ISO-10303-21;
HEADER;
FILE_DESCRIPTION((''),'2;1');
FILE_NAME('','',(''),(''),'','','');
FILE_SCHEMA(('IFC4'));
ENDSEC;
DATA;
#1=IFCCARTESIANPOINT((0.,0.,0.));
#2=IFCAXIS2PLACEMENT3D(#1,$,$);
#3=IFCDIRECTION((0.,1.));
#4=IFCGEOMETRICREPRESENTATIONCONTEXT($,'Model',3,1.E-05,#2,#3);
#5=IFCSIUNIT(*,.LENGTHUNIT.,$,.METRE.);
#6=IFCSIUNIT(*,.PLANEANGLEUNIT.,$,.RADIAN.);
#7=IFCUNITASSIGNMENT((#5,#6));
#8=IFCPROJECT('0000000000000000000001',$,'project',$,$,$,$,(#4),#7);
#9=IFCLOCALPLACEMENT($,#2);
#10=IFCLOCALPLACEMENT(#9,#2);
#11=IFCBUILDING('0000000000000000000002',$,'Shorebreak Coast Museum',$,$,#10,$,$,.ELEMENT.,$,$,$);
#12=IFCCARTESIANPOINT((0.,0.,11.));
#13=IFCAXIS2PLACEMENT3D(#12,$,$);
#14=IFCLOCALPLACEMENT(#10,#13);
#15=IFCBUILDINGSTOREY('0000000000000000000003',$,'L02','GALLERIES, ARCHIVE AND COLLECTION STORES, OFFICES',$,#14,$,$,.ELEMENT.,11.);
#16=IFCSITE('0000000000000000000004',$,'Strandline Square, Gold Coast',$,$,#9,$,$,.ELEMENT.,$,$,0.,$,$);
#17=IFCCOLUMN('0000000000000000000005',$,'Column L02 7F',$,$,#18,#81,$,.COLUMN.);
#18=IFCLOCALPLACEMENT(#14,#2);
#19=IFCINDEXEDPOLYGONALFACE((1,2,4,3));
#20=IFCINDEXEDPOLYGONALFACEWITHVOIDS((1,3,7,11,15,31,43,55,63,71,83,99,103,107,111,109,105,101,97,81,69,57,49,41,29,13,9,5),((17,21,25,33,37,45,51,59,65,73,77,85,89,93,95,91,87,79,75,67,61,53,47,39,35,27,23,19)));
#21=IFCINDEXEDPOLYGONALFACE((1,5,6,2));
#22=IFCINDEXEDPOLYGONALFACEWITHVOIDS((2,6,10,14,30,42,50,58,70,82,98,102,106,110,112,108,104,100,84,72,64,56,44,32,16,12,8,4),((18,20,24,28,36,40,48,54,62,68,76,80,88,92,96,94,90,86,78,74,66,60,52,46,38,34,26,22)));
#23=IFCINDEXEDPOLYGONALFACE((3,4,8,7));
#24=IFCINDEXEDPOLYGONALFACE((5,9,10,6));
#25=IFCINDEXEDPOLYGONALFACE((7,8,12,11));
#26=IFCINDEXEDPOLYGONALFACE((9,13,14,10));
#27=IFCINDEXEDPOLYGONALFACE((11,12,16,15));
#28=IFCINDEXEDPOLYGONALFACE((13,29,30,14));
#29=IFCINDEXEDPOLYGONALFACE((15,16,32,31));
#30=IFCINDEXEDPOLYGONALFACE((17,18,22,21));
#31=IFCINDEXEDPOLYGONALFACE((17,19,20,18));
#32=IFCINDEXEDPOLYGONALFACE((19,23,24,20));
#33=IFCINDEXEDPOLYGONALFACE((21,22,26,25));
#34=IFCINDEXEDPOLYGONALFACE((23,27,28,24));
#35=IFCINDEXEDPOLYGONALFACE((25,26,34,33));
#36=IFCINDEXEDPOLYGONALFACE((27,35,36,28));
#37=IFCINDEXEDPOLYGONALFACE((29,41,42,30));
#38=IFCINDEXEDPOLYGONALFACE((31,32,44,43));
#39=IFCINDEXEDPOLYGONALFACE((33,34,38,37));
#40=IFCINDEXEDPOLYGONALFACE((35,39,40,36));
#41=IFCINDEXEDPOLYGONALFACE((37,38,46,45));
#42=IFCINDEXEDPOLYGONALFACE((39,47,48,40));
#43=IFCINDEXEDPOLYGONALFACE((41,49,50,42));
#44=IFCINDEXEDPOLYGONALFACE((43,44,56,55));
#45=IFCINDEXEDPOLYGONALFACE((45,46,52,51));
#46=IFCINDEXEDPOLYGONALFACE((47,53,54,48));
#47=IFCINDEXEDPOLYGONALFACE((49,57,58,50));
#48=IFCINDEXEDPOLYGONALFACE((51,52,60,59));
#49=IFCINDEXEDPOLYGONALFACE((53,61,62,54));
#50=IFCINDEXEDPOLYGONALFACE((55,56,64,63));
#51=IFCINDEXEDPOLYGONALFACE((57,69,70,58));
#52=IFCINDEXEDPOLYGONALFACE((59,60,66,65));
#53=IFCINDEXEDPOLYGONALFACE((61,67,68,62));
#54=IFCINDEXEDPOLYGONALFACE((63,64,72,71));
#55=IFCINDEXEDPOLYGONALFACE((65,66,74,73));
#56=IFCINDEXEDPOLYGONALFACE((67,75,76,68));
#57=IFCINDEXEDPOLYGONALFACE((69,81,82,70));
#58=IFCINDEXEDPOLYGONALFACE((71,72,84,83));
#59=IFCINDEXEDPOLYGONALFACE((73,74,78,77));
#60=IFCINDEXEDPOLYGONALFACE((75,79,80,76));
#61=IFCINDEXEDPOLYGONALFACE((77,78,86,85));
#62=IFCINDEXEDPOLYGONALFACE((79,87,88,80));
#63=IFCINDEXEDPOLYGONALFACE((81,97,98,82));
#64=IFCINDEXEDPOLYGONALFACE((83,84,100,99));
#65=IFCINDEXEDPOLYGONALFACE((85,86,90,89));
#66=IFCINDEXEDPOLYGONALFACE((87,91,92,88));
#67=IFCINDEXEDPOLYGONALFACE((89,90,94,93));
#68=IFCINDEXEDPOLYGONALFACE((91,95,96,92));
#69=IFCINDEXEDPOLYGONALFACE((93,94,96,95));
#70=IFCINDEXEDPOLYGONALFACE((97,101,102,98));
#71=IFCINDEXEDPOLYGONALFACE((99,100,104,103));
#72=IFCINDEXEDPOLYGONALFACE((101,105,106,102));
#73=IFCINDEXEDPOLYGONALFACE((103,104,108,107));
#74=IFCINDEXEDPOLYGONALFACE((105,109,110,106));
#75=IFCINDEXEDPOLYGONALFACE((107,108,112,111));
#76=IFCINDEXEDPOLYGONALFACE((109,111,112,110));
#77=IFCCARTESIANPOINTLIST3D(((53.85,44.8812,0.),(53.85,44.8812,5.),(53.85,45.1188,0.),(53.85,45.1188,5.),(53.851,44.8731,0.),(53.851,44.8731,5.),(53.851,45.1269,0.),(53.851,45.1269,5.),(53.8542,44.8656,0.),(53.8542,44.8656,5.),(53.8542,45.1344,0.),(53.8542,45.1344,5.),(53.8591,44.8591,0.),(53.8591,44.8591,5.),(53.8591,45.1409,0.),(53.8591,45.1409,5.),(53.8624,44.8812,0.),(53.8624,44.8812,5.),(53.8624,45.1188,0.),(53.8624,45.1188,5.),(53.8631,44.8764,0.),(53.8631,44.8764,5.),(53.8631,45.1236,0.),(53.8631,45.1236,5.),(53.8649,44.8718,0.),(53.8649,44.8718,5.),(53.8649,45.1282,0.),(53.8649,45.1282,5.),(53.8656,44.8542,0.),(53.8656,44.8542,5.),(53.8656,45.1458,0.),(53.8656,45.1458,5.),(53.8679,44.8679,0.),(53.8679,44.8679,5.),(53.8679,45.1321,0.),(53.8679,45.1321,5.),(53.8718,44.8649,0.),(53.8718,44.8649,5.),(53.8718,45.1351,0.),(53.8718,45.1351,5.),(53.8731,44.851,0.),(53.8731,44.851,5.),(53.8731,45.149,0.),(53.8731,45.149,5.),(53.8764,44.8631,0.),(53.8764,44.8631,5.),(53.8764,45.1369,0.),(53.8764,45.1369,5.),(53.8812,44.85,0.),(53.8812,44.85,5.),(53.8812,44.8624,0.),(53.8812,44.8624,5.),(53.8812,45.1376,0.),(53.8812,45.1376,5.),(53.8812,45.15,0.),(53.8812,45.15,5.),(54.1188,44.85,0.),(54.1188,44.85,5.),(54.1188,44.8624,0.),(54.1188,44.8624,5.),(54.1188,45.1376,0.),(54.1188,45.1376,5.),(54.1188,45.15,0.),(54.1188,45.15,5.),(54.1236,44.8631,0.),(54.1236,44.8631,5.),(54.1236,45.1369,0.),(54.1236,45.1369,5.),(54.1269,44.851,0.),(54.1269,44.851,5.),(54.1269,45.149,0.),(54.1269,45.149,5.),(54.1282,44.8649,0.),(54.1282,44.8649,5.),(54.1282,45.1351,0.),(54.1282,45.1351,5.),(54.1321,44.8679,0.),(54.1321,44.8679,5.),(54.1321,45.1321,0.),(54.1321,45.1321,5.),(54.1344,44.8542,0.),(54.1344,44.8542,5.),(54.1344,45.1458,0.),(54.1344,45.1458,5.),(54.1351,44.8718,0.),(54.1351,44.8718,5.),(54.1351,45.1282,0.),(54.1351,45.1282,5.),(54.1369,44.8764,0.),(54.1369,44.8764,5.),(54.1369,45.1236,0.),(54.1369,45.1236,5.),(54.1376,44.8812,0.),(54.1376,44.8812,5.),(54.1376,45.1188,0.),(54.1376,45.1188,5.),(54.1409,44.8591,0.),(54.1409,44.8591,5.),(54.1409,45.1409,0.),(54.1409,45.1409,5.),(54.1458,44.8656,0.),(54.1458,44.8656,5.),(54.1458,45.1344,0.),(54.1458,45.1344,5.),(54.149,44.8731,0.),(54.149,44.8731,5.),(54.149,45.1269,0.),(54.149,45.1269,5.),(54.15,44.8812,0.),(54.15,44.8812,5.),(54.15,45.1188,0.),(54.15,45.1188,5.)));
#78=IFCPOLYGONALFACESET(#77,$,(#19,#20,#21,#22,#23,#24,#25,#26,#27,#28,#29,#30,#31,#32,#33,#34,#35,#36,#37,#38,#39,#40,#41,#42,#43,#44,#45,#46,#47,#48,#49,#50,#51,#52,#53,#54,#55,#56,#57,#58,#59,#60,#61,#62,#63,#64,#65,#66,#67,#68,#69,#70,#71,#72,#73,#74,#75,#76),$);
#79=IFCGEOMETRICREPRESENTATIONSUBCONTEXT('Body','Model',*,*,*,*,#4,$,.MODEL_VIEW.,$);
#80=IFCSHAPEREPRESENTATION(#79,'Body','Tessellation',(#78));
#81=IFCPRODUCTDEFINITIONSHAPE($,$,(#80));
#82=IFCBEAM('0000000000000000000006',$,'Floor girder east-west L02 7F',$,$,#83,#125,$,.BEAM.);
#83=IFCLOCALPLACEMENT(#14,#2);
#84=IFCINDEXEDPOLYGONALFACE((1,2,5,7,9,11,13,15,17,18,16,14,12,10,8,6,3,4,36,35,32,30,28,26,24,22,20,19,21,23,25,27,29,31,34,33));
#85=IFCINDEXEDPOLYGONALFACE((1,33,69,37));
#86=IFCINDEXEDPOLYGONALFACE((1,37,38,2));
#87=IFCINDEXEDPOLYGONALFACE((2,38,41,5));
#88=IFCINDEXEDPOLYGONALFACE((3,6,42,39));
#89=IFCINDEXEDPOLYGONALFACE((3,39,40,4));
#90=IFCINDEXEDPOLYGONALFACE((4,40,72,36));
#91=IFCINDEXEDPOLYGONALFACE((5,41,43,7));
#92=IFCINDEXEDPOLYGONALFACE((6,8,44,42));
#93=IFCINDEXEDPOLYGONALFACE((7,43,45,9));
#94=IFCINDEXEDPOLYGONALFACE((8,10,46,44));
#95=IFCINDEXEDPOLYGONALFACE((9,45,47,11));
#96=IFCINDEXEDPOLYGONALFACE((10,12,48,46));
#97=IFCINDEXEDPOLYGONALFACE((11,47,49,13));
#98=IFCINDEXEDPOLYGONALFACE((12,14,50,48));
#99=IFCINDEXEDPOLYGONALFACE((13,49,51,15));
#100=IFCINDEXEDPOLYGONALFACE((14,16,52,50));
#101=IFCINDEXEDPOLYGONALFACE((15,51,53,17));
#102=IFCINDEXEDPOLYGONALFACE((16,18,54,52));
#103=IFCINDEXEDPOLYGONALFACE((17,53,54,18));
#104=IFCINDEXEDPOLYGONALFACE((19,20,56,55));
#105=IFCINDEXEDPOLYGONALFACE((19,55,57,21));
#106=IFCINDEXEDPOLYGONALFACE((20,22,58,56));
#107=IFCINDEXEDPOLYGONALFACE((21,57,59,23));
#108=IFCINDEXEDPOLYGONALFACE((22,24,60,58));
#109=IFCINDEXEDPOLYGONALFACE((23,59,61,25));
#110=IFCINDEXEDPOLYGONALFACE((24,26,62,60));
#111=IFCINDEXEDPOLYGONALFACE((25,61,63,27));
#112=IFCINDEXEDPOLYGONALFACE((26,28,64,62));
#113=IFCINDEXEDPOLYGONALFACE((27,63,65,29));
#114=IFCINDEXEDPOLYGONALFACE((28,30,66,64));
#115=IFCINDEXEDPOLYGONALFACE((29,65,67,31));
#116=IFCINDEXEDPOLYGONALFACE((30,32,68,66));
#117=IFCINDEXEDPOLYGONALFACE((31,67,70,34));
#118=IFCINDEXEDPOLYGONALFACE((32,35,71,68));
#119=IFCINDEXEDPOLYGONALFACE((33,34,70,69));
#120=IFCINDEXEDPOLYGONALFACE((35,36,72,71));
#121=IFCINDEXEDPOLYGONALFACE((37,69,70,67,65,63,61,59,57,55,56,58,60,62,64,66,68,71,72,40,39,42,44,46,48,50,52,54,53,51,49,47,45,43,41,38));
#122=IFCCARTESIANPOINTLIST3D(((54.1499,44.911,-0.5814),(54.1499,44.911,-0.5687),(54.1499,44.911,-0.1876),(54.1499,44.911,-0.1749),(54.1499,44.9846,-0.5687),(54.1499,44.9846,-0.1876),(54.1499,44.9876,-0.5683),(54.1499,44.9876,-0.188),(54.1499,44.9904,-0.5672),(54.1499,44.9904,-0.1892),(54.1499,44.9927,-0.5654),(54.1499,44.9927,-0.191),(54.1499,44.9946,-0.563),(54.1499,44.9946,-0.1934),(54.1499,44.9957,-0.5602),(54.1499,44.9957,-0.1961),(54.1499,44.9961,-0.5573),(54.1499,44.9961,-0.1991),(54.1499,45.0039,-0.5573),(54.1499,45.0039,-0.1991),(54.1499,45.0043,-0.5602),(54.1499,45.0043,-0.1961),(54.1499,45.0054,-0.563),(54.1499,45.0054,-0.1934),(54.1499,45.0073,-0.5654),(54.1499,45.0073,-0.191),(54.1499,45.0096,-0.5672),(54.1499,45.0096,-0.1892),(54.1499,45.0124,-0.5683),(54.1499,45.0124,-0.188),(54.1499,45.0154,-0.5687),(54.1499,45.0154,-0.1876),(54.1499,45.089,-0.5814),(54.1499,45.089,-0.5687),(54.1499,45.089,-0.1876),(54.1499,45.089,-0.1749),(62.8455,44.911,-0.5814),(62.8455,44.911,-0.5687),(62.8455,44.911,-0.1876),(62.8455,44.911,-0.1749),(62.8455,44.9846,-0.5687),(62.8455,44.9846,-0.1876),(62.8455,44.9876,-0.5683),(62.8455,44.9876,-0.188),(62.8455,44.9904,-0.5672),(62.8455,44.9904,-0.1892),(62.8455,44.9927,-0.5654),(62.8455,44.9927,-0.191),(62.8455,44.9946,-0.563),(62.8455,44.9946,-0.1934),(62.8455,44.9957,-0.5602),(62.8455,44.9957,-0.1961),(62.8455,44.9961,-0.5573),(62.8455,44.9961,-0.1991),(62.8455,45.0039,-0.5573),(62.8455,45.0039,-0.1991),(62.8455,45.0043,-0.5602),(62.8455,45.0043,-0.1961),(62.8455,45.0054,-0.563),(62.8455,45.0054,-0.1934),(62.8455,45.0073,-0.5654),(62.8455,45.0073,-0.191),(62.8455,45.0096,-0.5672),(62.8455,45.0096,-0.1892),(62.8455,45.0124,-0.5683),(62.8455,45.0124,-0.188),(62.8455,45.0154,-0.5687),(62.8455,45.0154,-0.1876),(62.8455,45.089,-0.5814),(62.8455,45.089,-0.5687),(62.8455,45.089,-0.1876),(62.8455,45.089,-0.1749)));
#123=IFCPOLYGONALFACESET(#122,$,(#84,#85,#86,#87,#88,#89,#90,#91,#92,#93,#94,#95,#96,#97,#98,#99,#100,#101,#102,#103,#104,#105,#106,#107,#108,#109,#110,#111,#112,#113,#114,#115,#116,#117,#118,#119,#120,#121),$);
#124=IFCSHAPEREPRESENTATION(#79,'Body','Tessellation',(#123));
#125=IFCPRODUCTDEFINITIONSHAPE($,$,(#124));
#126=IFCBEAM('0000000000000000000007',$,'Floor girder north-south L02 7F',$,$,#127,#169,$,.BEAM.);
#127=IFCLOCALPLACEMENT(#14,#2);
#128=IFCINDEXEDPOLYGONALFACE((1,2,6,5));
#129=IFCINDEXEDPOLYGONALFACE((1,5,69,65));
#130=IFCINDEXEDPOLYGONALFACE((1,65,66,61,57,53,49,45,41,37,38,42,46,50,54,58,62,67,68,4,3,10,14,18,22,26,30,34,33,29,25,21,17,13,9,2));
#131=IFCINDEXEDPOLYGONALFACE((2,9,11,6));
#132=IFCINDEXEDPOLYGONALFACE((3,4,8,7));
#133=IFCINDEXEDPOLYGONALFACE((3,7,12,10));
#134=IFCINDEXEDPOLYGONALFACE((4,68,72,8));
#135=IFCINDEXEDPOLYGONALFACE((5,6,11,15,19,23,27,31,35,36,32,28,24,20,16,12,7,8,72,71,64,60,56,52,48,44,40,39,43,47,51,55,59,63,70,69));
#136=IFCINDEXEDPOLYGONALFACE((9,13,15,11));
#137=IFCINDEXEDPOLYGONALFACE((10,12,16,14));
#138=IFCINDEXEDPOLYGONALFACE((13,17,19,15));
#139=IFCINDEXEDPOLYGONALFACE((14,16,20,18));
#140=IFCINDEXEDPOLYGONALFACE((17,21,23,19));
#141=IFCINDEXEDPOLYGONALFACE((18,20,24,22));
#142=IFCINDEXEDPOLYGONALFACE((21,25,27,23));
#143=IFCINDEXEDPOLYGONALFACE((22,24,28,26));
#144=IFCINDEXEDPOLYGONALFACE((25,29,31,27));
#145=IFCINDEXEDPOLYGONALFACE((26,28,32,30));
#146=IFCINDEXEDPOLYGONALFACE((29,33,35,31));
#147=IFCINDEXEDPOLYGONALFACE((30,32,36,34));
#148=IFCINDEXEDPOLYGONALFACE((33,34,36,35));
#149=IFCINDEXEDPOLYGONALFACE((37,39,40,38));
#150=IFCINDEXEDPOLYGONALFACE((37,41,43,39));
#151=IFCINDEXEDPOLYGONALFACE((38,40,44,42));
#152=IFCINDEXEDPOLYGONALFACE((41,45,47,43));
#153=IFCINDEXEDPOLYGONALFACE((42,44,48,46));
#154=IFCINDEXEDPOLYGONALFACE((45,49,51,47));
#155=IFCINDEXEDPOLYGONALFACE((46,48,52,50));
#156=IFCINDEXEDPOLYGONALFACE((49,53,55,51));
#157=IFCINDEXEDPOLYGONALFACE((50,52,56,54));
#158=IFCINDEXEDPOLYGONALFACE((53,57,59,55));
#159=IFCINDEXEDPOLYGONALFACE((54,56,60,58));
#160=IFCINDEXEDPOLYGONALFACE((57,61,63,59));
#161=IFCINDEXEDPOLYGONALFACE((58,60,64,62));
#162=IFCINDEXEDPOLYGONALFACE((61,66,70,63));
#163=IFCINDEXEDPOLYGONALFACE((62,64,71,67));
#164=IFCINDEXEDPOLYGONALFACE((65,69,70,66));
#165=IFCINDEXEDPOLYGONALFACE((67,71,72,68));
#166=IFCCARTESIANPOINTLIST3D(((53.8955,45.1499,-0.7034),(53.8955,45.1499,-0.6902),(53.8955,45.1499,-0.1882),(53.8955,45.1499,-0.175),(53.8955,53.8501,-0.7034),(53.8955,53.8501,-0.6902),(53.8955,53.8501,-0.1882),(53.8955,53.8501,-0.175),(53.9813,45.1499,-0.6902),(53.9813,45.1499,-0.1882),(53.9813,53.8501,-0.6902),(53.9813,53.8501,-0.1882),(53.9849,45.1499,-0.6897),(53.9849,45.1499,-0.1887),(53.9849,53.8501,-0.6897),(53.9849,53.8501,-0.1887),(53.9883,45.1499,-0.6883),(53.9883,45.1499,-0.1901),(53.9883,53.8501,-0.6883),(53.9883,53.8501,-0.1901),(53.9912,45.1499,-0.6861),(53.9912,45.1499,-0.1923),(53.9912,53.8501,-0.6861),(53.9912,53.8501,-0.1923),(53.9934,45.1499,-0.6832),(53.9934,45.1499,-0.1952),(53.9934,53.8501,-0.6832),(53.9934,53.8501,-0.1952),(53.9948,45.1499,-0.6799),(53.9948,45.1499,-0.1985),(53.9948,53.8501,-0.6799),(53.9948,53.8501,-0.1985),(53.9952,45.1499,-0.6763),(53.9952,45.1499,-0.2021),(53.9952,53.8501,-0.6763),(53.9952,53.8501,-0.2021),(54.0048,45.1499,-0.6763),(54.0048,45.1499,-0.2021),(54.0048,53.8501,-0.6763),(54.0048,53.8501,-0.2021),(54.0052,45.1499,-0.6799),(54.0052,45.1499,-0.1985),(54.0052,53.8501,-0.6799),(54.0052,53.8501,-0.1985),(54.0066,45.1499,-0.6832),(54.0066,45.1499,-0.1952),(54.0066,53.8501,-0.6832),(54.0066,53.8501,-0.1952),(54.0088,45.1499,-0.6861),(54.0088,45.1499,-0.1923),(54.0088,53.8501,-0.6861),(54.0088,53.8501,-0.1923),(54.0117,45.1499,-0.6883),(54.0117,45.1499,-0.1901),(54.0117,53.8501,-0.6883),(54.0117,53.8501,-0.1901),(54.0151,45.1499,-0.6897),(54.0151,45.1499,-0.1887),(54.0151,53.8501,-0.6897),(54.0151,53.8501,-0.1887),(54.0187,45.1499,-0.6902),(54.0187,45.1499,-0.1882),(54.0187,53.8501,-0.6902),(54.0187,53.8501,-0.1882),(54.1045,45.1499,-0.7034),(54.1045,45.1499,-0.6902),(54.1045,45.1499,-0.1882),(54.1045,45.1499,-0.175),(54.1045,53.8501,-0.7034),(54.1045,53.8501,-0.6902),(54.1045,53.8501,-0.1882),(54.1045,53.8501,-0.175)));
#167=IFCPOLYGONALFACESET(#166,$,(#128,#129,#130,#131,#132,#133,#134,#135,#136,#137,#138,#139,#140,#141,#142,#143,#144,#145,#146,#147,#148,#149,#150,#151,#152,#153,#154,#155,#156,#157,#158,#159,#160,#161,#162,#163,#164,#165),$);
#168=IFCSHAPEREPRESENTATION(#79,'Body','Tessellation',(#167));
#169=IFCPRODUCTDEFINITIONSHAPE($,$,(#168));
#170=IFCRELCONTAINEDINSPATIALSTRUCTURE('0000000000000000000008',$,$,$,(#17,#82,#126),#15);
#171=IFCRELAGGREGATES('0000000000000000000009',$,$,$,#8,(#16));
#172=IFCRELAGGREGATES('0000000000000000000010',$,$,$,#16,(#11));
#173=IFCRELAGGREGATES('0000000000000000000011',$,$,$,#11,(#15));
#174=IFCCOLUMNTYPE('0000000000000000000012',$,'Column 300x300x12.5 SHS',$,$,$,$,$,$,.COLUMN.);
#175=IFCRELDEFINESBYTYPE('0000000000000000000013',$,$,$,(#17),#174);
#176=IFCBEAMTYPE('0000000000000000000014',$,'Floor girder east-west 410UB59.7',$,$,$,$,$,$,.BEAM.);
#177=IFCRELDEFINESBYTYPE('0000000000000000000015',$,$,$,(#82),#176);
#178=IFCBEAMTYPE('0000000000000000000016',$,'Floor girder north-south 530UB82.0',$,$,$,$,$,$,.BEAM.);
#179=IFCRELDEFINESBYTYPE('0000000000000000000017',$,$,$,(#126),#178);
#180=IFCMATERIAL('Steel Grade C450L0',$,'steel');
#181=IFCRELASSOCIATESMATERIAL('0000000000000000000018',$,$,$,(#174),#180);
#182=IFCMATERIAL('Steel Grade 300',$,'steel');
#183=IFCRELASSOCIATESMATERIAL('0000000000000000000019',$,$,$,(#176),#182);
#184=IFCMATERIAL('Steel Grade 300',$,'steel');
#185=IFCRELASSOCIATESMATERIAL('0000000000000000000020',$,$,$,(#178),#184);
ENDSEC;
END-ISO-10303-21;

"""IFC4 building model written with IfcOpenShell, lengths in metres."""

from ifc_helpers import new_model, si_unit, direction, frame, origin, origin_2d, place, context, subcontext, project, spatial, hollow_rectangle, i_section, extrude, material, material_profile, profile_set, type_object, element, save


model = new_model("IFC4")

# Units and contexts
model_context = context("Model", 3, precision=1e-05, world=origin(), true_north=direction((0.0, 1.0)))
body_context = subcontext(model_context, "Body", "Model", "MODEL_VIEW")
ifc_project = project(units=[si_unit("LENGTHUNIT", "METRE"), si_unit("PLANEANGLEUNIT", "RADIAN")], contexts=[model_context])

# Site, building, storey
site_placement = place(None, origin())
site = spatial("IfcSite", under=ifc_project, at=site_placement, Name="Strandline Square, Gold Coast", CompositionType="ELEMENT", RefElevation=0.0)
building_placement = place(site_placement, origin())
building = spatial("IfcBuilding", under=site, at=building_placement, Name="Shorebreak Coast Museum", CompositionType="ELEMENT")
storey_placement = place(building_placement, frame((0.0, 0.0, 11.0)))
storey = spatial("IfcBuildingStorey", under=building, at=storey_placement, Name="L02", Description="GALLERIES, ARCHIVE AND COLLECTION STORES, OFFICES", CompositionType="ELEMENT", Elevation=11.0)

# Column
ifc_material_1 = material(Name="Steel Grade C450L0", Category="steel")
ifc_material_profile_1 = material_profile(ifc_material_1, hollow_rectangle(XDim=0.3, YDim=0.3, WallThickness=0.0125, InnerFilletRadius=0.0188, OuterFilletRadius=0.0312, at=origin_2d()), Name="300x300x12.5 SHS")
ifc_profile_set_1 = profile_set([ifc_material_profile_1], Name="Steel Grade C450L0")
column_type = type_object("IfcColumnType", Name="Column 300x300x12.5 SHS", PredefinedType="COLUMN", material=ifc_profile_set_1)
column_placement = place(storey_placement, frame((54.0, 45.0, 0.0), z_axis=(0.0, 0.0, 1.0), x_axis=(1.0, 0.0, 0.0)))
element("IfcColumn", 1, at=column_placement, inside=storey, type_object=column_type, Name="Column L02 7F", PredefinedType="COLUMN", context=body_context, shape_type="SweptSolid", body=[
    extrude(hollow_rectangle(XDim=0.3, YDim=0.3, WallThickness=0.0125, InnerFilletRadius=0.0188, OuterFilletRadius=0.0312, at=origin_2d()), origin(), (0.0, 0.0, 1.0), 5.0),
])

# Beams
ifc_material_2 = material(Name="Steel Grade 300", Category="steel")
ifc_material_profile_2 = material_profile(ifc_material_2, i_section(OverallWidth=0.178, OverallDepth=0.4065, WebThickness=0.0078, FlangeThickness=0.0127, FilletRadius=0.0115, at=origin_2d()), Name="410UB59.7")
ifc_profile_set_2 = profile_set([ifc_material_profile_2], Name="Steel Grade 300")
beam_type_1 = type_object("IfcBeamType", Name="Floor girder east-west 410UB59.7", PredefinedType="BEAM", material=ifc_profile_set_2)
beam_1_placement = place(storey_placement, frame((54.1499, 45.0, -0.3782), z_axis=(1.0, 0.0, 0.0), x_axis=(0.0, 1.0, 0.0)))
element("IfcBeam", 2, at=beam_1_placement, inside=storey, type_object=beam_type_1, Name="Floor girder east-west L02 7F", PredefinedType="BEAM", context=body_context, shape_type="SweptSolid", body=[
    extrude(i_section(OverallWidth=0.178, OverallDepth=0.4065, WebThickness=0.0078, FlangeThickness=0.0127, FilletRadius=0.0115, at=origin_2d()), origin(), (0.0, 0.0, 1.0), 8.6956),
])
ifc_material_3 = material(Name="Steel Grade 300", Category="steel")
ifc_material_profile_3 = material_profile(ifc_material_3, i_section(OverallWidth=0.209, OverallDepth=0.5283, WebThickness=0.0095, FlangeThickness=0.0132, FilletRadius=0.0139, at=origin_2d()), Name="530UB82.0")
ifc_profile_set_3 = profile_set([ifc_material_profile_3], Name="Steel Grade 300")
beam_type_2 = type_object("IfcBeamType", Name="Floor girder north-south 530UB82.0", PredefinedType="BEAM", material=ifc_profile_set_3)
beam_2_placement = place(storey_placement, frame((54.0, 45.1499, -0.4392), z_axis=(0.0, 1.0, 0.0), x_axis=(-1.0, 0.0, 0.0)))
element("IfcBeam", 3, at=beam_2_placement, inside=storey, type_object=beam_type_2, Name="Floor girder north-south L02 7F", PredefinedType="BEAM", context=body_context, shape_type="SweptSolid", body=[
    extrude(i_section(OverallWidth=0.209, OverallDepth=0.5283, WebThickness=0.0095, FlangeThickness=0.0132, FilletRadius=0.0139, at=origin_2d()), origin(), (0.0, 0.0, 1.0), 8.7002),
])

save(model, "model.ifc")
